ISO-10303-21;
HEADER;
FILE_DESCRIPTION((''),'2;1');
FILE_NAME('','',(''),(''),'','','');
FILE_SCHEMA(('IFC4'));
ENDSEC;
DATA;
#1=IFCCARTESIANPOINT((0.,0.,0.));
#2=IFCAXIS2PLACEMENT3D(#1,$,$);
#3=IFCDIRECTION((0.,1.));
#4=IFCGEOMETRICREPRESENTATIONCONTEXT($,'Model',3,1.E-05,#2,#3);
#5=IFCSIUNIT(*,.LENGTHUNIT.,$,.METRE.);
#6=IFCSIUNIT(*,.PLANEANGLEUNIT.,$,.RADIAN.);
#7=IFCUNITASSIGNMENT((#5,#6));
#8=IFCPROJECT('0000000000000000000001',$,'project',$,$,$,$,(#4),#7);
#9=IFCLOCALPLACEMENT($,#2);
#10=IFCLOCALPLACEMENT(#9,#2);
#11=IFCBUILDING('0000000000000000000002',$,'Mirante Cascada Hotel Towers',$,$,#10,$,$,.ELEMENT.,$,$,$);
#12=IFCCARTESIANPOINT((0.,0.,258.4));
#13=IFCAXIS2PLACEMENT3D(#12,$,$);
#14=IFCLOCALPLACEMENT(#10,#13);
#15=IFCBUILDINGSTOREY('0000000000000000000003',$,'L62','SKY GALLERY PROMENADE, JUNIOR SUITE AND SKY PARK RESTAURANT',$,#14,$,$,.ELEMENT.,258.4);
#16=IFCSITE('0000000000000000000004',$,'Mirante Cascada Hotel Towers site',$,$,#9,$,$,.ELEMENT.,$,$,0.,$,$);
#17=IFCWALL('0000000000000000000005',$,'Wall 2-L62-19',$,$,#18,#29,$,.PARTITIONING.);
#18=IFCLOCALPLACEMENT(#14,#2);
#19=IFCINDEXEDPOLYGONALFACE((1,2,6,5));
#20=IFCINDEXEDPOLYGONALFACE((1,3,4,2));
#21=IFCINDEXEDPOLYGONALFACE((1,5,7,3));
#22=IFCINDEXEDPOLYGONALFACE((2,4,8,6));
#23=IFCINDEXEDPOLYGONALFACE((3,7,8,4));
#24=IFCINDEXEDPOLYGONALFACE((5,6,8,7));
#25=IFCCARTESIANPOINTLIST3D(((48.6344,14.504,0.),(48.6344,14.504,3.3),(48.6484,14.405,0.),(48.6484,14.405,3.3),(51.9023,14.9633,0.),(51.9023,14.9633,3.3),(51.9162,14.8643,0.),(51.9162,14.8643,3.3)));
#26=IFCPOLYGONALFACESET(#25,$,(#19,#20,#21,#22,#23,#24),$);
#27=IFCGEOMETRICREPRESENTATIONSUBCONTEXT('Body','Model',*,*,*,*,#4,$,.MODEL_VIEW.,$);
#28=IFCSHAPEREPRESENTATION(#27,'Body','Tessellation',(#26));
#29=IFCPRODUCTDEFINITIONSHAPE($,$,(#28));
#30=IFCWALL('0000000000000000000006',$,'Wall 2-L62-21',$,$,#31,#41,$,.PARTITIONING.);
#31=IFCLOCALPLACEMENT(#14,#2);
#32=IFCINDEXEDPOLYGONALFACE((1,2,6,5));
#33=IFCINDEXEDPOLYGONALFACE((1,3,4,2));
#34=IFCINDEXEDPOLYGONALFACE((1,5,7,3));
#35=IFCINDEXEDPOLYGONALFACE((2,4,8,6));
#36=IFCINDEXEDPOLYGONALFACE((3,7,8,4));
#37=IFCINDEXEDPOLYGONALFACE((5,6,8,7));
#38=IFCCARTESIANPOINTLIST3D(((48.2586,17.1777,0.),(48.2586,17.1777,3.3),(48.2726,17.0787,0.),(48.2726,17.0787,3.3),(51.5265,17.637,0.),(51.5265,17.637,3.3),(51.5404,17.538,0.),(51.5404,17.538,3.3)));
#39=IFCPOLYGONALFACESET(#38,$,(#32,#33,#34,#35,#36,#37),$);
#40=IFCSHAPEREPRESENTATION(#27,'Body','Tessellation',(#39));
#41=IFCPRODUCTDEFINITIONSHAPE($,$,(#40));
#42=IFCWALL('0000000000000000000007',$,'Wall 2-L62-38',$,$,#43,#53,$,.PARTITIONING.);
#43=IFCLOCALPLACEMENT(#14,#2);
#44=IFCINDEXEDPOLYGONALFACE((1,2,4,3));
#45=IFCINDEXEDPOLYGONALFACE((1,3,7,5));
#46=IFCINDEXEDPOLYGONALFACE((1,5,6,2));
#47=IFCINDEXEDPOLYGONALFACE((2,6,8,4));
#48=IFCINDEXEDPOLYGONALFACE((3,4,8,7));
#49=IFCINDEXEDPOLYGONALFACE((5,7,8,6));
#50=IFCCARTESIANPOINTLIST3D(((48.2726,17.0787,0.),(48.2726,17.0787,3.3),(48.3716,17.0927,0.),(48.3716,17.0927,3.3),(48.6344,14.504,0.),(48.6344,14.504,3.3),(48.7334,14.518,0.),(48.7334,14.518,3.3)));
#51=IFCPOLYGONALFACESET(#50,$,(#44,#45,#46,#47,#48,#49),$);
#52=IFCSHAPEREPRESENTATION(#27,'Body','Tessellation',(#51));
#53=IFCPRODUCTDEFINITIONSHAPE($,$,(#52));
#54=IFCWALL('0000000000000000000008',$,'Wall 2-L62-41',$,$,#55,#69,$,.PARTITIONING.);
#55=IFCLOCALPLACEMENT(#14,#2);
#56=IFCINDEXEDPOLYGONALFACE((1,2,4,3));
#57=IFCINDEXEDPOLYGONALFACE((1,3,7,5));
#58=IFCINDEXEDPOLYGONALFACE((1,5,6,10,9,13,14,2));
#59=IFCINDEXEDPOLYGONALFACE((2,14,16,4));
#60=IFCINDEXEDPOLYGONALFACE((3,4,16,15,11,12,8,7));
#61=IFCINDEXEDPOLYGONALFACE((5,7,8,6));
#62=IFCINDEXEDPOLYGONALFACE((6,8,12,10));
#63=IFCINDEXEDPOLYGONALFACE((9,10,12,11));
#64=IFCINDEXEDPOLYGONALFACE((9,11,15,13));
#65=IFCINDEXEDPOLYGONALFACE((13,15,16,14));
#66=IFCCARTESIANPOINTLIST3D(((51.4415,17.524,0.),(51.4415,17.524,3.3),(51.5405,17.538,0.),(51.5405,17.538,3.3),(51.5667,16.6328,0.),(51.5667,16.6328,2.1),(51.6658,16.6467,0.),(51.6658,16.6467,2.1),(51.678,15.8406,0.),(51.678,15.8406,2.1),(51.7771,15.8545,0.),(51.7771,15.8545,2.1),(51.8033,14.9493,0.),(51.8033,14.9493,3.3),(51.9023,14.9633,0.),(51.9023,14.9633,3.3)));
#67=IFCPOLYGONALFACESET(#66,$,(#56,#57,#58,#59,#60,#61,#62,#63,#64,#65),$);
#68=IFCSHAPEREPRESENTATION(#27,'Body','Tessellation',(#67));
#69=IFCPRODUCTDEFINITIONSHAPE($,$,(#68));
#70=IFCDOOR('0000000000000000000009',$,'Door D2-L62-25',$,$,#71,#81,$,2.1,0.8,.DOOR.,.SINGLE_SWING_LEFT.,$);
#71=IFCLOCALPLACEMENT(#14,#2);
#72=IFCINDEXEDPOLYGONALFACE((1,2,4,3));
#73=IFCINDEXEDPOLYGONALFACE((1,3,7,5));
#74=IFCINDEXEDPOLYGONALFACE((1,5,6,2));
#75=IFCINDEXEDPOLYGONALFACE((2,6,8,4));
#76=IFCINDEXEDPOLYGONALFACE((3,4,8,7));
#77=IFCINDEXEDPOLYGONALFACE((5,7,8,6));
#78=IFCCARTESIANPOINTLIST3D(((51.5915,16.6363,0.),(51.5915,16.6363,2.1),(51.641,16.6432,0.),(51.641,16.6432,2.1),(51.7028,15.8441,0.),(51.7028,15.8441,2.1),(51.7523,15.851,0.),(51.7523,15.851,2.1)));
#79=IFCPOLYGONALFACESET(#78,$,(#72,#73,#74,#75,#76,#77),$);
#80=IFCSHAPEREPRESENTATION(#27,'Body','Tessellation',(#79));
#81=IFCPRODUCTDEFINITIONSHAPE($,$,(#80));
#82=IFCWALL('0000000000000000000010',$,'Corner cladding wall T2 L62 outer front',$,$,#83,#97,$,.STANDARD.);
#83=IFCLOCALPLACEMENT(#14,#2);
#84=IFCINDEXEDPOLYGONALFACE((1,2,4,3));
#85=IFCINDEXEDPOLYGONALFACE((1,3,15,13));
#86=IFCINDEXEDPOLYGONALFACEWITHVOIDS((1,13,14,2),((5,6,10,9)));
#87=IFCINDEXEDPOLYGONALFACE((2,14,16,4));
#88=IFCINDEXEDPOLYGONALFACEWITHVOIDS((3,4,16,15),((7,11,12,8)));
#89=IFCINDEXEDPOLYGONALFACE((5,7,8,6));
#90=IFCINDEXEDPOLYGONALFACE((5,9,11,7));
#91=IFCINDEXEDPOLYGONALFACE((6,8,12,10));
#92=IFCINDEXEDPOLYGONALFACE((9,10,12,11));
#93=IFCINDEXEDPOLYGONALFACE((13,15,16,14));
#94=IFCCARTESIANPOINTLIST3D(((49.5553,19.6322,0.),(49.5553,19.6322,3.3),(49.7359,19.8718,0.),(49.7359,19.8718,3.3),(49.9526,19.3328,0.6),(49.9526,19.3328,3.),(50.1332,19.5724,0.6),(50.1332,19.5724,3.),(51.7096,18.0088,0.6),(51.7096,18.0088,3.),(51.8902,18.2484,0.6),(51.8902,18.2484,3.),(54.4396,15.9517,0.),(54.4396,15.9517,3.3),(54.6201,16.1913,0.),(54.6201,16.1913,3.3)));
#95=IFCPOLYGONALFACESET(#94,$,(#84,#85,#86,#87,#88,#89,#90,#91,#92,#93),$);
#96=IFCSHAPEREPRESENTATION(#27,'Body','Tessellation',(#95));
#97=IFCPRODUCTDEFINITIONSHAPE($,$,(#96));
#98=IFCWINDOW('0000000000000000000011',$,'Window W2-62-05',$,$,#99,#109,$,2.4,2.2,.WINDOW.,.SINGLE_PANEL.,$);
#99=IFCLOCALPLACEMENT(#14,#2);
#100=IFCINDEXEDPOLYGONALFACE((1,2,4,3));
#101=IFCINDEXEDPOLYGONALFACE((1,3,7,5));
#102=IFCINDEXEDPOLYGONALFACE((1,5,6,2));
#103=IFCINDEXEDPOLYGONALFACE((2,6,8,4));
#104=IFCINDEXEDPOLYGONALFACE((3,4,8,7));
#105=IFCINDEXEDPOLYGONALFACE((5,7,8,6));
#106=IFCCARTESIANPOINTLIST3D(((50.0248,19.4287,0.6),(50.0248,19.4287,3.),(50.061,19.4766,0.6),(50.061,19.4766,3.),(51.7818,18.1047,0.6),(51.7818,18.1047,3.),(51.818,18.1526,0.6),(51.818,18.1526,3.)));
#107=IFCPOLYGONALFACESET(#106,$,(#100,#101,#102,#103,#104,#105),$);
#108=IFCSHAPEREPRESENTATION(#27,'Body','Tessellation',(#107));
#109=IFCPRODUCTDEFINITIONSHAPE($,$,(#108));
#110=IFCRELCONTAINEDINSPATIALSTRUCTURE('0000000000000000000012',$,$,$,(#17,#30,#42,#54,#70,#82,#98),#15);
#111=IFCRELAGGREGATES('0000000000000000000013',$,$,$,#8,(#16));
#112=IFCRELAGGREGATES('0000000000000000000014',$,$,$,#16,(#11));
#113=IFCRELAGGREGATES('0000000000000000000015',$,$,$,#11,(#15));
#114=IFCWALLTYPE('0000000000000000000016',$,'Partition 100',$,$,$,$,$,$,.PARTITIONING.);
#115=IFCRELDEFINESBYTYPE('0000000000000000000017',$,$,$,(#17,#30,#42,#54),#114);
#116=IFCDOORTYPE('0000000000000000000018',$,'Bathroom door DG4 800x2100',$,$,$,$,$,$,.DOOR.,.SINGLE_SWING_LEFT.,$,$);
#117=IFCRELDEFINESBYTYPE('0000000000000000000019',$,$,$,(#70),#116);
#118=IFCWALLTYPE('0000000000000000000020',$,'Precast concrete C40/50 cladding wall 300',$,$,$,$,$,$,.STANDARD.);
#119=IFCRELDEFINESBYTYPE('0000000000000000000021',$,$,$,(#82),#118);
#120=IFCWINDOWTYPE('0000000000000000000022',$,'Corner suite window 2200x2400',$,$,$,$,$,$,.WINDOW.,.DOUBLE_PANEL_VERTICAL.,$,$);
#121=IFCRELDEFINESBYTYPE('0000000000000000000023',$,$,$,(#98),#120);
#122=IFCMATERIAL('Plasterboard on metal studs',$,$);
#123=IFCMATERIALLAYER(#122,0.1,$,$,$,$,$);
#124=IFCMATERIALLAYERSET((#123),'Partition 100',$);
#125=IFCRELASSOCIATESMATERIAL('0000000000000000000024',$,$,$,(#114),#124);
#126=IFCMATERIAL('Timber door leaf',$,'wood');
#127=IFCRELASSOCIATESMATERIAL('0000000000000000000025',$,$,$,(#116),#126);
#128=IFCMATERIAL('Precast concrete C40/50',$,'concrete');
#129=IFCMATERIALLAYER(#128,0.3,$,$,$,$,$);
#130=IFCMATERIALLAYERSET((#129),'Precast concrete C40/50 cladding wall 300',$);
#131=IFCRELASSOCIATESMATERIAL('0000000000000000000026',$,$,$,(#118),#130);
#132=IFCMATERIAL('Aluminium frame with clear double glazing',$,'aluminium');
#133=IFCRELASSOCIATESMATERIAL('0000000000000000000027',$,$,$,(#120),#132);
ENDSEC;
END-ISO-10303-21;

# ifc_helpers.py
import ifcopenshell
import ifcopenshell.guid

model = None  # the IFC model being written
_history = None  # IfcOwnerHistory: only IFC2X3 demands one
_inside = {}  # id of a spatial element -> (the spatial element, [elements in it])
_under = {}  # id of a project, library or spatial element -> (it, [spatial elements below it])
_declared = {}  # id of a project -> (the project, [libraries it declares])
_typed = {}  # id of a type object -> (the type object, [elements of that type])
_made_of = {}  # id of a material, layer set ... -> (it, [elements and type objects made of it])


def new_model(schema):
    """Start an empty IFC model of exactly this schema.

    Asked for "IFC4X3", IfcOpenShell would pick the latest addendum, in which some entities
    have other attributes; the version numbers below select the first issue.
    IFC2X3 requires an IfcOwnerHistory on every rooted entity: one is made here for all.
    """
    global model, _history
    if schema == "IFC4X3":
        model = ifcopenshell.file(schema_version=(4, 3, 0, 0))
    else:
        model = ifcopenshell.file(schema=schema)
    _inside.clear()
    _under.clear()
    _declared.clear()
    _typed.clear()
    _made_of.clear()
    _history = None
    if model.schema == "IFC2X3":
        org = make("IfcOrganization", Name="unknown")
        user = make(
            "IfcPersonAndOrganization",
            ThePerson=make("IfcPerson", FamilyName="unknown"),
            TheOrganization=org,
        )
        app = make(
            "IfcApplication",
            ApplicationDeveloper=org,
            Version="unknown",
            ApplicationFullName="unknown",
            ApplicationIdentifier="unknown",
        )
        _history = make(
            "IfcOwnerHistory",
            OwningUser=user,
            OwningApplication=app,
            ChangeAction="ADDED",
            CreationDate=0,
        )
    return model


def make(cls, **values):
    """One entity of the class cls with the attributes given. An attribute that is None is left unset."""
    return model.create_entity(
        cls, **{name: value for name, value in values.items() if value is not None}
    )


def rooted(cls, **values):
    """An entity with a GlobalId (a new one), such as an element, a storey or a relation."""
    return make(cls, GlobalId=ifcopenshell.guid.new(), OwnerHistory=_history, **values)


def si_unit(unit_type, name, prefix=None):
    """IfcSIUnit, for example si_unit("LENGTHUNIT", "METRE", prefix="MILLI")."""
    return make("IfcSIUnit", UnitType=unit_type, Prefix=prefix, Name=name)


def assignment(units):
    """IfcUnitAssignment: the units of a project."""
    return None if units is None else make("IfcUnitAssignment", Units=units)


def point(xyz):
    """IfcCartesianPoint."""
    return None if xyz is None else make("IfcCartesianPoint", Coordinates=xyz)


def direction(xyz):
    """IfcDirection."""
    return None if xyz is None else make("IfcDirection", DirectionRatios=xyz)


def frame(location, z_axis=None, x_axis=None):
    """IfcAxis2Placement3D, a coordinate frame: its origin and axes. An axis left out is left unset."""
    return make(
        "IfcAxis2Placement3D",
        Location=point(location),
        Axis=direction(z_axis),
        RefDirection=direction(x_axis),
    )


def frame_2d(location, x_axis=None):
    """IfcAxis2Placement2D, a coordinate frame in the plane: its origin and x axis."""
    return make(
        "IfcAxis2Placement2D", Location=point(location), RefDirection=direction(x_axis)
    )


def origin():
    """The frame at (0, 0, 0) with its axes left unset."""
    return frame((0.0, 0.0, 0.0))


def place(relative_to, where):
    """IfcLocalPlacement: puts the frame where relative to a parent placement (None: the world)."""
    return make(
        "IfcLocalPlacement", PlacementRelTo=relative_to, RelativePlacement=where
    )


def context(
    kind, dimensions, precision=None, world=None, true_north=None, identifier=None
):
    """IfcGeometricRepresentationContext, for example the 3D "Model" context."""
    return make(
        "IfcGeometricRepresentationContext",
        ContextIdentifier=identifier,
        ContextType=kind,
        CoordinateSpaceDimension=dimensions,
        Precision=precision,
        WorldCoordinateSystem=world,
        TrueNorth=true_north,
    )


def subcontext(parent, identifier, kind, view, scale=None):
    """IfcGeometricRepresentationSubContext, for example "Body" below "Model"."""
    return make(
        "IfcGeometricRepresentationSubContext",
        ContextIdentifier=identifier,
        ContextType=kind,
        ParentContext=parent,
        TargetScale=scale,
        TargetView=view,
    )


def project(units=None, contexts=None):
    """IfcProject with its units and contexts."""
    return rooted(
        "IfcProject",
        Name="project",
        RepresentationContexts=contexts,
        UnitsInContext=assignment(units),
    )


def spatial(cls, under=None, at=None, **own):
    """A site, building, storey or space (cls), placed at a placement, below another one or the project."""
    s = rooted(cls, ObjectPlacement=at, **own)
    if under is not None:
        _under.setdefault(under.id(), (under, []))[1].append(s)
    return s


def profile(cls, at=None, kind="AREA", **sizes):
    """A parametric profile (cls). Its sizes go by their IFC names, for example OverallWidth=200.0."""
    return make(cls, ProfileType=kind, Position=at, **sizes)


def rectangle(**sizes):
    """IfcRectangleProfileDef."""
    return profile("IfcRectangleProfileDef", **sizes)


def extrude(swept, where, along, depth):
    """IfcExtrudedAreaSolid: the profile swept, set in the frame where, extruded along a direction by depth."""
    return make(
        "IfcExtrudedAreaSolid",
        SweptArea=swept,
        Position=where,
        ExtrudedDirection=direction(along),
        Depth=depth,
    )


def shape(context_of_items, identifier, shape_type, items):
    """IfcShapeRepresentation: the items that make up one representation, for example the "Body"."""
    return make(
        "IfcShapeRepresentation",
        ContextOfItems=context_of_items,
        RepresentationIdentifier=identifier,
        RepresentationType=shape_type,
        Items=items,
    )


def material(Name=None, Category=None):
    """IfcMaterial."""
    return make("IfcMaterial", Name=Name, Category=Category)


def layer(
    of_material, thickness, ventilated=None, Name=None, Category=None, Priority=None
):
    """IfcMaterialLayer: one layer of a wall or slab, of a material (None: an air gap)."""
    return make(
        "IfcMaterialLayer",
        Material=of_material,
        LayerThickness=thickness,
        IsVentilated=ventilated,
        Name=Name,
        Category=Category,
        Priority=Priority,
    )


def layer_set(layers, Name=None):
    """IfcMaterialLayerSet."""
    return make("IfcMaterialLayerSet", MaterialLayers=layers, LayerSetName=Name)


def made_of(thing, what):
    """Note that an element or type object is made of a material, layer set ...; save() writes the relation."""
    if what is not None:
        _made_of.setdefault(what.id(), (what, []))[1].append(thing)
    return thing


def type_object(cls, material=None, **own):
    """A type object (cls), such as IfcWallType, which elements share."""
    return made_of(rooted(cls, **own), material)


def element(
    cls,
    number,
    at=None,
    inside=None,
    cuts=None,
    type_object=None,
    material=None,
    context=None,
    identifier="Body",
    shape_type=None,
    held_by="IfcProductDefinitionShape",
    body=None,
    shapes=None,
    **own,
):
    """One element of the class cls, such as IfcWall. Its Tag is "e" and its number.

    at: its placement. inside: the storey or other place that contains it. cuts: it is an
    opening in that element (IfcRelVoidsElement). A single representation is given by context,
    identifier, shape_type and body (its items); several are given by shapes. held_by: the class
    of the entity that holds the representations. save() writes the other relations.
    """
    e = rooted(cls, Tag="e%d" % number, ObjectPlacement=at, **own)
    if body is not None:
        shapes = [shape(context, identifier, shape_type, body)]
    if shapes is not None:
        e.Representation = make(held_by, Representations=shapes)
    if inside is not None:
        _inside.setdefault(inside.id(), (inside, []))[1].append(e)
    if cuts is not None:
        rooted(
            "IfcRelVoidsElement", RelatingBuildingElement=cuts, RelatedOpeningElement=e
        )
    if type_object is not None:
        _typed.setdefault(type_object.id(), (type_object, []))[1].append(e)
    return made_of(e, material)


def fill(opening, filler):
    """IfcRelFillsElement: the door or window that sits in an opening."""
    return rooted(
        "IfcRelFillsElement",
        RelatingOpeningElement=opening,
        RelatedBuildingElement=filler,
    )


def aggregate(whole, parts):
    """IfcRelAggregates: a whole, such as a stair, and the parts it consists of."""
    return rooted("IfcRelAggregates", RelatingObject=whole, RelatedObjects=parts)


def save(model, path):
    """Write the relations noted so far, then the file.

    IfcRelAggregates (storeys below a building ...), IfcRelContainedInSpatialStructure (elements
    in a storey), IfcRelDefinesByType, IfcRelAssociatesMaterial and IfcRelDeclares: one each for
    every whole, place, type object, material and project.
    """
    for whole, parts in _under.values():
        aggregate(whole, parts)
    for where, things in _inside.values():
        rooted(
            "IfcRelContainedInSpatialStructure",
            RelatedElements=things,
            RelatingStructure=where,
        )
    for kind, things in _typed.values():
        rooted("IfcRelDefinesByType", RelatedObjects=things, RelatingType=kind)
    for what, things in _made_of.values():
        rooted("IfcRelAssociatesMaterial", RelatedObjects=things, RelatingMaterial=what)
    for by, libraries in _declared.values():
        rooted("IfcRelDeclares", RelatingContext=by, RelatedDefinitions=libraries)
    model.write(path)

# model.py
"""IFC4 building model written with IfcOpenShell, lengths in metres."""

from ifc_helpers import new_model, si_unit, direction, frame, frame_2d, origin, place, context, subcontext, project, spatial, rectangle, extrude, material, layer, layer_set, type_object, element, fill, save


model = new_model("IFC4")

# Units and contexts
model_context = context("Model", 3, precision=1e-05, world=origin(), true_north=direction((0.0, 1.0)))
body_context = subcontext(model_context, "Body", "Model", "MODEL_VIEW")
ifc_project = project(units=[si_unit("LENGTHUNIT", "METRE"), si_unit("PLANEANGLEUNIT", "RADIAN")], contexts=[model_context])

# Site, building, storey
site_placement = place(None, origin())
site = spatial("IfcSite", under=ifc_project, at=site_placement, Name="Mirante Cascada Hotel Towers site", CompositionType="ELEMENT", RefElevation=0.0)
building_placement = place(site_placement, origin())
building = spatial("IfcBuilding", under=site, at=building_placement, Name="Mirante Cascada Hotel Towers", CompositionType="ELEMENT")
storey_placement = place(building_placement, frame((0.0, 0.0, 258.4)))
storey = spatial("IfcBuildingStorey", under=building, at=storey_placement, Name="L62", Description="SKY GALLERY PROMENADE, JUNIOR SUITE AND SKY PARK RESTAURANT", CompositionType="ELEMENT", Elevation=258.4)

# Walls
ifc_material_1 = material(Name="Plasterboard on metal studs")
ifc_layer_1 = layer(ifc_material_1, 0.1)
ifc_layer_set_1 = layer_set([ifc_layer_1], Name="Partition 100")
wall_type_1 = type_object("IfcWallType", Name="Partition 100", PredefinedType="PARTITIONING", material=ifc_layer_set_1)
for number, where, z_axis, x_axis, name in (
    (1, (48.6414, 14.4545, 0.0), (0.0, 0.0, 1.0), (0.990267, 0.139181, 0.0), "Wall 2-L62-19"),
    (2, (48.2656, 17.1282, 0.0), (0.0, 0.0, 1.0), (0.990267, 0.139181, 0.0), "Wall 2-L62-21"),
):
    element("IfcWall", number, at=place(storey_placement, frame(where, z_axis=z_axis, x_axis=x_axis)), inside=storey, type_object=wall_type_1, Name=name, PredefinedType="PARTITIONING", context=body_context, shape_type="SweptSolid", body=[
        extrude(rectangle(XDim=3.3, YDim=0.1, at=frame_2d((1.65, 0.0))), origin(), (0.0, 0.0, 1.0), 3.3),
    ])
wall_1_placement = place(storey_placement, frame((48.3221, 17.0857, 0.0), z_axis=(0.0, 0.0, 1.0), x_axis=(0.139154, -0.990271, 0.0)))
element("IfcWall", 3, at=wall_1_placement, inside=storey, type_object=wall_type_1, Name="Wall 2-L62-38", PredefinedType="PARTITIONING", context=body_context, shape_type="SweptSolid", body=[
    extrude(rectangle(XDim=2.6, YDim=0.1, at=frame_2d((1.3, 0.0))), origin(), (0.0, 0.0, 1.0), 3.3),
])

# Wall, opening, door
wall_2_placement = place(storey_placement, frame((51.8528, 14.9563, 0.0), z_axis=(0.0, 0.0, 1.0), x_axis=(-0.139154, 0.990271, 0.0)))
wall_2 = element("IfcWall", 4, at=wall_2_placement, inside=storey, type_object=wall_type_1, Name="Wall 2-L62-41", PredefinedType="PARTITIONING", context=body_context, shape_type="SweptSolid", body=[
    extrude(rectangle(XDim=2.6, YDim=0.1, at=frame_2d((1.3, 0.0))), origin(), (0.0, 0.0, 1.0), 3.3),
])
opening_1_placement = place(wall_2_placement, frame((0.9, 0.0, 0.0)))
opening_1 = element("IfcOpeningElement", 5, at=opening_1_placement, cuts=wall_2, PredefinedType="OPENING", context=body_context, shape_type="SweptSolid", body=[
    extrude(rectangle(XDim=0.8, YDim=2.1, at=frame_2d((0.4, 1.05))), frame((0.0, 0.05, 0.0), z_axis=(0.0, -1.0, 0.0), x_axis=(1.0, 0.0, 0.0)), (0.0, 0.0, 1.0), 0.1),
])
ifc_material_2 = material(Name="Timber door leaf", Category="wood")
door_type = type_object("IfcDoorType", Name="Bathroom door DG4 800x2100", OperationType="SINGLE_SWING_LEFT", PredefinedType="DOOR", material=ifc_material_2)
door_placement = place(opening_1_placement, origin())
door = element("IfcDoor", 6, at=door_placement, inside=storey, type_object=door_type, Name="Door D2-L62-25", OperationType="SINGLE_SWING_LEFT", OverallHeight=2.1, OverallWidth=0.8, PredefinedType="DOOR", context=body_context, shape_type="SweptSolid", body=[
    extrude(rectangle(XDim=0.8, YDim=2.1, at=frame_2d((0.4, 1.05))), frame((0.0, 0.025, 0.0), z_axis=(0.0, -1.0, 0.0), x_axis=(1.0, 0.0, 0.0)), (0.0, 0.0, 1.0), 0.05),
])
fill(opening_1, door)

# Wall, opening, window
ifc_material_3 = material(Name="Precast concrete C40/50", Category="concrete")
ifc_layer_2 = layer(ifc_material_3, 0.3)
ifc_layer_set_2 = layer_set([ifc_layer_2], Name="Precast concrete C40/50 cladding wall 300")
wall_type_2 = type_object("IfcWallType", Name="Precast concrete C40/50 cladding wall 300", PredefinedType="STANDARD", material=ifc_layer_set_2)
wall_3_placement = place(storey_placement, frame((54.5298, 16.0715, 0.0), z_axis=(0.0, 0.0, 1.0), x_axis=(-0.798636, 0.601814, 0.0)))
wall_3 = element("IfcWall", 7, at=wall_3_placement, inside=storey, type_object=wall_type_2, Name="Corner cladding wall T2 L62 outer front", PredefinedType="STANDARD", context=body_context, shape_type="SweptSolid", body=[
    extrude(rectangle(XDim=6.1157, YDim=0.3, at=frame_2d((3.0578, 0.0))), origin(), (0.0, 0.0, 1.0), 3.3),
])
opening_2_placement = place(wall_3_placement, frame((3.4182, 0.0, 0.6)))
opening_2 = element("IfcOpeningElement", 8, at=opening_2_placement, cuts=wall_3, PredefinedType="OPENING", context=body_context, shape_type="SweptSolid", body=[
    extrude(rectangle(XDim=2.2, YDim=2.4, at=frame_2d((1.1, 1.2))), frame((0.0, 0.15, 0.0), z_axis=(0.0, -1.0, 0.0), x_axis=(1.0, 0.0, 0.0)), (0.0, 0.0, 1.0), 0.3),
])
ifc_material_4 = material(Name="Aluminium frame with clear double glazing", Category="aluminium")
window_type = type_object("IfcWindowType", Name="Corner suite window 2200x2400", PartitioningType="DOUBLE_PANEL_VERTICAL", PredefinedType="WINDOW", material=ifc_material_4)
window_placement = place(opening_2_placement, origin())
window = element("IfcWindow", 9, at=window_placement, inside=storey, type_object=window_type, Name="Window W2-62-05", OverallHeight=2.4, OverallWidth=2.2, PartitioningType="SINGLE_PANEL", PredefinedType="WINDOW", context=body_context, shape_type="SweptSolid", body=[
    extrude(rectangle(XDim=2.2, YDim=2.4, at=frame_2d((1.1, 1.2))), frame((0.0, 0.03, 0.0), z_axis=(0.0, -1.0, 0.0), x_axis=(1.0, 0.0, 0.0)), (0.0, 0.0, 1.0), 0.06),
])
fill(opening_2, window)

save(model, "model.ifc")
